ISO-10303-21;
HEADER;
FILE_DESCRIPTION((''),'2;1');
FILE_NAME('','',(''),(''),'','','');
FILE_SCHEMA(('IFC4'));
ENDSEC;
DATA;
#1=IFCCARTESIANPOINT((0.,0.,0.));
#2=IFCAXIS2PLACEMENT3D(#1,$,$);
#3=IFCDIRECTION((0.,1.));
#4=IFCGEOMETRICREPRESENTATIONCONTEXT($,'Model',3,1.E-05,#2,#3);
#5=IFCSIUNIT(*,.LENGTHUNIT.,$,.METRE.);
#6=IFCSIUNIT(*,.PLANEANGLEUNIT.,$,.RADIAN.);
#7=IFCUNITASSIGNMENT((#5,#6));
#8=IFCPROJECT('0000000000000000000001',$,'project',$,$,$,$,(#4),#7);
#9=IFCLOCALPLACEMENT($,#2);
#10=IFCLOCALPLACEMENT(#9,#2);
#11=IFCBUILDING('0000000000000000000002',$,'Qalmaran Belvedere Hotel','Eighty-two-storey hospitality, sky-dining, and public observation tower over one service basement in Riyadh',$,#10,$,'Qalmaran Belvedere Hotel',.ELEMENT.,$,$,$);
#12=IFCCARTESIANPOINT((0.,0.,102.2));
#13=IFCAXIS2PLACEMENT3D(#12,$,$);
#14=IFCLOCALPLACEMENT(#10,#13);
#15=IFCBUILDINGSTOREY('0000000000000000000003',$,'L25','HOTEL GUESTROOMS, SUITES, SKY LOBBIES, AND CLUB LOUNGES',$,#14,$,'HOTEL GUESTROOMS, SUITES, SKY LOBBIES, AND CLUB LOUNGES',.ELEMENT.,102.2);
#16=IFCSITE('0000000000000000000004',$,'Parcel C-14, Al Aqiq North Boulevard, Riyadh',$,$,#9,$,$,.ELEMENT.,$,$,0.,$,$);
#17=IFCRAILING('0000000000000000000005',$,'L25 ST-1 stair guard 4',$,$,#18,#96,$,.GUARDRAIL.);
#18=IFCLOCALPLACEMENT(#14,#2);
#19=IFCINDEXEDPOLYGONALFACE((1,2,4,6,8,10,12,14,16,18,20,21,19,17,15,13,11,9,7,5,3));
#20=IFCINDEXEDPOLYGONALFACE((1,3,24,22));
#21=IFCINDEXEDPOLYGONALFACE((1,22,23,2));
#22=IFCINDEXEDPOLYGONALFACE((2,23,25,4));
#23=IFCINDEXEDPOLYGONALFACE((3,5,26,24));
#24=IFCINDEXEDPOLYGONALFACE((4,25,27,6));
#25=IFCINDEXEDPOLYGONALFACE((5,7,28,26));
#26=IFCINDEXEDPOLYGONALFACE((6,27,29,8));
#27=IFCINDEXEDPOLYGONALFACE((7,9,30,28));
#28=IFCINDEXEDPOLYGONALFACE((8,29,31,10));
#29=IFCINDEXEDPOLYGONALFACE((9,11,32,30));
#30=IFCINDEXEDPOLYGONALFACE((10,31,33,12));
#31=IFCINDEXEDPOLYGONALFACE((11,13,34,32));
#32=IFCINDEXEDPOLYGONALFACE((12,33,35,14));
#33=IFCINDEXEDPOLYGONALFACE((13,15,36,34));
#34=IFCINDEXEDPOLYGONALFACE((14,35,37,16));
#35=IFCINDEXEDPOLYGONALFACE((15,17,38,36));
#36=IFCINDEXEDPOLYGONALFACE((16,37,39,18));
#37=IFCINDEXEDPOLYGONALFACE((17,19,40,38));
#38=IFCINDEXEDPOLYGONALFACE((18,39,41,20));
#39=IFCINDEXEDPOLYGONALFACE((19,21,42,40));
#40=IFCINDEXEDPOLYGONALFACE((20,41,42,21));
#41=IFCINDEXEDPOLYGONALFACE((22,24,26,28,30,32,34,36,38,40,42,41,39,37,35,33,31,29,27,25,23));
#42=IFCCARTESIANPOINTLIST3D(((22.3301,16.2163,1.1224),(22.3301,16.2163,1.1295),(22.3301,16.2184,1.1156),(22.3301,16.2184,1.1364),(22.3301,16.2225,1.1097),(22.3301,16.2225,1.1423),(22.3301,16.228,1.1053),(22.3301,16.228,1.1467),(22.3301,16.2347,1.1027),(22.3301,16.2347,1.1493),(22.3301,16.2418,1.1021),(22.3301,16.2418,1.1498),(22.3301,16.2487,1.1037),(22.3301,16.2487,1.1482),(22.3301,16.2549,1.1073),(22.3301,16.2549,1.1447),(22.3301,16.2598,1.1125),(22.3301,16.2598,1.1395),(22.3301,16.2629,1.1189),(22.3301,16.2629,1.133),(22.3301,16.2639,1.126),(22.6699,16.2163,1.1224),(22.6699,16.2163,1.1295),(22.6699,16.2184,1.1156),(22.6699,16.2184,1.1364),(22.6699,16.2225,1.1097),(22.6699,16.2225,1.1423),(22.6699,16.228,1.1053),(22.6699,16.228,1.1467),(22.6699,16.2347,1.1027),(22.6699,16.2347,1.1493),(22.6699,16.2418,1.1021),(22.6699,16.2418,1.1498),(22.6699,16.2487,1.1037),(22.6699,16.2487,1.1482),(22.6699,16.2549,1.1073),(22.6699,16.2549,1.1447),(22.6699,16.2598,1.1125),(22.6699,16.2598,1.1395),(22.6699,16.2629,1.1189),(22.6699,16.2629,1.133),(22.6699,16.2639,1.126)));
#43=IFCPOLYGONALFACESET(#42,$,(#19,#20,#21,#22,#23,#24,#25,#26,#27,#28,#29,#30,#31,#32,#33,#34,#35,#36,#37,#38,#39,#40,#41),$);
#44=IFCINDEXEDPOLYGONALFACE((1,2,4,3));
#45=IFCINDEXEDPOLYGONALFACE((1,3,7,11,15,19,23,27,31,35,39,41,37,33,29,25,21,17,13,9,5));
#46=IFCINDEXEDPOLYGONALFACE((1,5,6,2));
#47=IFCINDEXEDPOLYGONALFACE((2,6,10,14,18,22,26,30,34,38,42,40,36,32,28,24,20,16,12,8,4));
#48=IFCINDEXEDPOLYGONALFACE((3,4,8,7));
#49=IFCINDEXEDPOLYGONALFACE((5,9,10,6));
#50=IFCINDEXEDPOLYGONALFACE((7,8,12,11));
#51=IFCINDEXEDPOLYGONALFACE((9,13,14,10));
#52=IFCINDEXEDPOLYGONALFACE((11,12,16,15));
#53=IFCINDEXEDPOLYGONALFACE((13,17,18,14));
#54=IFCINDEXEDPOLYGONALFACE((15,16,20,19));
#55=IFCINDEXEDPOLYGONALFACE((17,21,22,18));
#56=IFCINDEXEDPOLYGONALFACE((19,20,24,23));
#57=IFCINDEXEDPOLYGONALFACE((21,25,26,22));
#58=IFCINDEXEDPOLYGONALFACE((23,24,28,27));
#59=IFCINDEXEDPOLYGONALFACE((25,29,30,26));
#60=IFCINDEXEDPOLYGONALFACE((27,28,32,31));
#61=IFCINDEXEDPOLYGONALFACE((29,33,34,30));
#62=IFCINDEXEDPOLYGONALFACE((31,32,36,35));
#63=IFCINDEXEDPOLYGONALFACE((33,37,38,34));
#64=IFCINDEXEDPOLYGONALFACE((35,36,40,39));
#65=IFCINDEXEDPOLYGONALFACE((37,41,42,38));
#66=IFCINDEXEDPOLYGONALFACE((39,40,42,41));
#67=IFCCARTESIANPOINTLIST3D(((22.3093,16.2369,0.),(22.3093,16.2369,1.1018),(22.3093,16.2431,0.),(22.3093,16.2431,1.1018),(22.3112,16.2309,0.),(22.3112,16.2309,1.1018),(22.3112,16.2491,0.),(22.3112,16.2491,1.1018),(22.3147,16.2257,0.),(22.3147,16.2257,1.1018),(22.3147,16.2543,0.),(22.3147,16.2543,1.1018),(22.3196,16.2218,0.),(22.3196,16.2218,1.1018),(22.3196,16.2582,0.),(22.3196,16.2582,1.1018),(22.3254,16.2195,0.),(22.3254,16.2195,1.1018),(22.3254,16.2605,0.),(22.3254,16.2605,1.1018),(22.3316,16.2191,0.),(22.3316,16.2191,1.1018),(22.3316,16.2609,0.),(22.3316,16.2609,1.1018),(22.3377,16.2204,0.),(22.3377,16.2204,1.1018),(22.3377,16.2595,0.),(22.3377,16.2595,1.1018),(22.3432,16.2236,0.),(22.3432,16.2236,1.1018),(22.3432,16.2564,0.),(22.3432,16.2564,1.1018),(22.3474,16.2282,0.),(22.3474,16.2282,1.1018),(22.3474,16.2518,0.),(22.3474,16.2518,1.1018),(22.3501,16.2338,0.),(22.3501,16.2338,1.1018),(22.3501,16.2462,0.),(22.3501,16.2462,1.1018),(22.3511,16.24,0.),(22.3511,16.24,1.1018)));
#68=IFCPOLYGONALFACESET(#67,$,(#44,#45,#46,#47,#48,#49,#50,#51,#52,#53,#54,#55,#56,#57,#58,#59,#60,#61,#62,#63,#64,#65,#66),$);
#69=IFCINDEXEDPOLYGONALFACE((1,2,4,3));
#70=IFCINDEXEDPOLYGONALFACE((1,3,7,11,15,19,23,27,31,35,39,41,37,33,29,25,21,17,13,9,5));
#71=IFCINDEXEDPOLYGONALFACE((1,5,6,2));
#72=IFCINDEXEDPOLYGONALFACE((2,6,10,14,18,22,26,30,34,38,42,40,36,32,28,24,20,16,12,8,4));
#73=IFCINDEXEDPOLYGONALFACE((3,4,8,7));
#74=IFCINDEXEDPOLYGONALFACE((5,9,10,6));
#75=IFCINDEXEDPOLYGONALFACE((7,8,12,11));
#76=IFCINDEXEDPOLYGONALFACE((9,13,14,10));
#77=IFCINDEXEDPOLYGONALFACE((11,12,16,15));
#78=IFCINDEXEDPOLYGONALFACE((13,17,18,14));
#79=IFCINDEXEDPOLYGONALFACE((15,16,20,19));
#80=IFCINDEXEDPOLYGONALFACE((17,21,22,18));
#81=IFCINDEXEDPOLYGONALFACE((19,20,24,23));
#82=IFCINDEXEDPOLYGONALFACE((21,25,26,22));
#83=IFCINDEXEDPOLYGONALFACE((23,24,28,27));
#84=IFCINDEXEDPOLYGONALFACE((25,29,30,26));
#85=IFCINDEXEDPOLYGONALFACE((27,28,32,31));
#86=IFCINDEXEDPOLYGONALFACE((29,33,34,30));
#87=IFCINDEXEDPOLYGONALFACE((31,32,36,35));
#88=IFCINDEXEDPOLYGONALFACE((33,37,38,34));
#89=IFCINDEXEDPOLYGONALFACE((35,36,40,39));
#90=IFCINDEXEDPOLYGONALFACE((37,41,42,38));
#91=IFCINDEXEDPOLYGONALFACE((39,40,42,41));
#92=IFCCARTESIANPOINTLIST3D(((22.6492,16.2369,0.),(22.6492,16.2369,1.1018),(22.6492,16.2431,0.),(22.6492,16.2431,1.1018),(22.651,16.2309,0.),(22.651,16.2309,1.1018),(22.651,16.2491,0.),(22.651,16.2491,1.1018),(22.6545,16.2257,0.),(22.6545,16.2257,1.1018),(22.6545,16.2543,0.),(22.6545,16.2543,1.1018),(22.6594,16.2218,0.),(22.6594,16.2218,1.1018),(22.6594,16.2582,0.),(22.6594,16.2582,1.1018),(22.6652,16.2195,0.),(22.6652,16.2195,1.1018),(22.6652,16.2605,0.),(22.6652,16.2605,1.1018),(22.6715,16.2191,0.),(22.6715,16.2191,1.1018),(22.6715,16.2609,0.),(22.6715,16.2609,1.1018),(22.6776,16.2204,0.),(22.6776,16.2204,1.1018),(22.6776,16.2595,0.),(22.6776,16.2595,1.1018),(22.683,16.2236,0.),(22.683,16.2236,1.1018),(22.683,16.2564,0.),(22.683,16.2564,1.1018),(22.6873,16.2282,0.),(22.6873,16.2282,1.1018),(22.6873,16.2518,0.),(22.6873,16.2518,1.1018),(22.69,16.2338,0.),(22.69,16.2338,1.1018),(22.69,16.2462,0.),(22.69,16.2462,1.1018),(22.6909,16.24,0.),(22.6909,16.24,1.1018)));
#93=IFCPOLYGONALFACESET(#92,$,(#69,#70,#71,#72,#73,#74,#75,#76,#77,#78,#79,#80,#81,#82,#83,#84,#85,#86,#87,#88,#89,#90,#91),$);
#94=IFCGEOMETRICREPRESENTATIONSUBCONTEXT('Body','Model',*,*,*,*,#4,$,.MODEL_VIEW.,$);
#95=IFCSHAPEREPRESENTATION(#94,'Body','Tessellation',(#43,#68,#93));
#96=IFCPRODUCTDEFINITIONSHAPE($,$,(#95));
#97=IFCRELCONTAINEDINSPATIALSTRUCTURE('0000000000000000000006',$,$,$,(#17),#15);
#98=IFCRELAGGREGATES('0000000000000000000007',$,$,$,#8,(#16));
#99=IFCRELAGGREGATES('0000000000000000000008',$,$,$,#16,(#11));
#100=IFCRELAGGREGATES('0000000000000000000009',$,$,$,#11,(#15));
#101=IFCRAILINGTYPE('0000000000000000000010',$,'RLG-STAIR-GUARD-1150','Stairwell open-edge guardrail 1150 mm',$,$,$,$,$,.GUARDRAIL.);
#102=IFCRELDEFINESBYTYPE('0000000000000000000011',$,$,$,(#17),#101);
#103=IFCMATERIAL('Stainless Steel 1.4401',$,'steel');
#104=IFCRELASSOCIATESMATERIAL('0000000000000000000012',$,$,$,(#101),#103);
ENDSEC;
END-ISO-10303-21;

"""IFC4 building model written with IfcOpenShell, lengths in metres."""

from ifc_helpers import new_model, si_unit, direction, frame, origin, origin_2d, place, context, subcontext, project, spatial, circle, extrude, material, type_object, element, save


model = new_model("IFC4")

# Units and contexts
model_context = context("Model", 3, precision=1e-05, world=origin(), true_north=direction((0.0, 1.0)))
body_context = subcontext(model_context, "Body", "Model", "MODEL_VIEW")
ifc_project = project(units=[si_unit("LENGTHUNIT", "METRE"), si_unit("PLANEANGLEUNIT", "RADIAN")], contexts=[model_context])

# Site, building, storey
site_placement = place(None, origin())
site = spatial("IfcSite", under=ifc_project, at=site_placement, Name="Parcel C-14, Al Aqiq North Boulevard, Riyadh", CompositionType="ELEMENT", RefElevation=0.0)
building_placement = place(site_placement, origin())
building = spatial("IfcBuilding", under=site, at=building_placement, Name="Qalmaran Belvedere Hotel", Description="Eighty-two-storey hospitality, sky-dining, and public observation tower over one service basement in Riyadh", LongName="Qalmaran Belvedere Hotel", CompositionType="ELEMENT")
storey_placement = place(building_placement, frame((0.0, 0.0, 102.2)))
storey = spatial("IfcBuildingStorey", under=building, at=storey_placement, Name="L25", Description="HOTEL GUESTROOMS, SUITES, SKY LOBBIES, AND CLUB LOUNGES", LongName="HOTEL GUESTROOMS, SUITES, SKY LOBBIES, AND CLUB LOUNGES", CompositionType="ELEMENT", Elevation=102.2)

# Shared definitions
ifc_material_1 = material(Name="Stainless Steel 1.4401", Category="steel")

# Railing
railing_type_1 = type_object("IfcRailingType", Name="RLG-STAIR-GUARD-1150", Description="Stairwell open-edge guardrail 1150 mm", PredefinedType="GUARDRAIL", material=ifc_material_1)
railing_1_placement = place(storey_placement, frame((22.3301, 16.24, 0.0)))
element("IfcRailing", 1, at=railing_1_placement, inside=storey, type_object=railing_type_1, Name="L25 ST-1 stair guard 4", PredefinedType="GUARDRAIL", context=body_context, shape_type="SweptSolid", body=[
    extrude(circle(Radius=0.0239, at=origin_2d()), frame((0.0, 0.0, 1.126), z_axis=(1.0, 0.0, 0.0), x_axis=(0.0, 1.0, 0.0)), (0.0, 0.0, 1.0), 0.3398),
    extrude(circle(Radius=0.021, at=origin_2d()), origin(), (0.0, 0.0, 1.0), 1.1018),
    extrude(circle(Radius=0.021, at=origin_2d()), frame((0.3398, 0.0, 0.0)), (0.0, 0.0, 1.0), 1.1018),
])

save(model, "model.ifc")
